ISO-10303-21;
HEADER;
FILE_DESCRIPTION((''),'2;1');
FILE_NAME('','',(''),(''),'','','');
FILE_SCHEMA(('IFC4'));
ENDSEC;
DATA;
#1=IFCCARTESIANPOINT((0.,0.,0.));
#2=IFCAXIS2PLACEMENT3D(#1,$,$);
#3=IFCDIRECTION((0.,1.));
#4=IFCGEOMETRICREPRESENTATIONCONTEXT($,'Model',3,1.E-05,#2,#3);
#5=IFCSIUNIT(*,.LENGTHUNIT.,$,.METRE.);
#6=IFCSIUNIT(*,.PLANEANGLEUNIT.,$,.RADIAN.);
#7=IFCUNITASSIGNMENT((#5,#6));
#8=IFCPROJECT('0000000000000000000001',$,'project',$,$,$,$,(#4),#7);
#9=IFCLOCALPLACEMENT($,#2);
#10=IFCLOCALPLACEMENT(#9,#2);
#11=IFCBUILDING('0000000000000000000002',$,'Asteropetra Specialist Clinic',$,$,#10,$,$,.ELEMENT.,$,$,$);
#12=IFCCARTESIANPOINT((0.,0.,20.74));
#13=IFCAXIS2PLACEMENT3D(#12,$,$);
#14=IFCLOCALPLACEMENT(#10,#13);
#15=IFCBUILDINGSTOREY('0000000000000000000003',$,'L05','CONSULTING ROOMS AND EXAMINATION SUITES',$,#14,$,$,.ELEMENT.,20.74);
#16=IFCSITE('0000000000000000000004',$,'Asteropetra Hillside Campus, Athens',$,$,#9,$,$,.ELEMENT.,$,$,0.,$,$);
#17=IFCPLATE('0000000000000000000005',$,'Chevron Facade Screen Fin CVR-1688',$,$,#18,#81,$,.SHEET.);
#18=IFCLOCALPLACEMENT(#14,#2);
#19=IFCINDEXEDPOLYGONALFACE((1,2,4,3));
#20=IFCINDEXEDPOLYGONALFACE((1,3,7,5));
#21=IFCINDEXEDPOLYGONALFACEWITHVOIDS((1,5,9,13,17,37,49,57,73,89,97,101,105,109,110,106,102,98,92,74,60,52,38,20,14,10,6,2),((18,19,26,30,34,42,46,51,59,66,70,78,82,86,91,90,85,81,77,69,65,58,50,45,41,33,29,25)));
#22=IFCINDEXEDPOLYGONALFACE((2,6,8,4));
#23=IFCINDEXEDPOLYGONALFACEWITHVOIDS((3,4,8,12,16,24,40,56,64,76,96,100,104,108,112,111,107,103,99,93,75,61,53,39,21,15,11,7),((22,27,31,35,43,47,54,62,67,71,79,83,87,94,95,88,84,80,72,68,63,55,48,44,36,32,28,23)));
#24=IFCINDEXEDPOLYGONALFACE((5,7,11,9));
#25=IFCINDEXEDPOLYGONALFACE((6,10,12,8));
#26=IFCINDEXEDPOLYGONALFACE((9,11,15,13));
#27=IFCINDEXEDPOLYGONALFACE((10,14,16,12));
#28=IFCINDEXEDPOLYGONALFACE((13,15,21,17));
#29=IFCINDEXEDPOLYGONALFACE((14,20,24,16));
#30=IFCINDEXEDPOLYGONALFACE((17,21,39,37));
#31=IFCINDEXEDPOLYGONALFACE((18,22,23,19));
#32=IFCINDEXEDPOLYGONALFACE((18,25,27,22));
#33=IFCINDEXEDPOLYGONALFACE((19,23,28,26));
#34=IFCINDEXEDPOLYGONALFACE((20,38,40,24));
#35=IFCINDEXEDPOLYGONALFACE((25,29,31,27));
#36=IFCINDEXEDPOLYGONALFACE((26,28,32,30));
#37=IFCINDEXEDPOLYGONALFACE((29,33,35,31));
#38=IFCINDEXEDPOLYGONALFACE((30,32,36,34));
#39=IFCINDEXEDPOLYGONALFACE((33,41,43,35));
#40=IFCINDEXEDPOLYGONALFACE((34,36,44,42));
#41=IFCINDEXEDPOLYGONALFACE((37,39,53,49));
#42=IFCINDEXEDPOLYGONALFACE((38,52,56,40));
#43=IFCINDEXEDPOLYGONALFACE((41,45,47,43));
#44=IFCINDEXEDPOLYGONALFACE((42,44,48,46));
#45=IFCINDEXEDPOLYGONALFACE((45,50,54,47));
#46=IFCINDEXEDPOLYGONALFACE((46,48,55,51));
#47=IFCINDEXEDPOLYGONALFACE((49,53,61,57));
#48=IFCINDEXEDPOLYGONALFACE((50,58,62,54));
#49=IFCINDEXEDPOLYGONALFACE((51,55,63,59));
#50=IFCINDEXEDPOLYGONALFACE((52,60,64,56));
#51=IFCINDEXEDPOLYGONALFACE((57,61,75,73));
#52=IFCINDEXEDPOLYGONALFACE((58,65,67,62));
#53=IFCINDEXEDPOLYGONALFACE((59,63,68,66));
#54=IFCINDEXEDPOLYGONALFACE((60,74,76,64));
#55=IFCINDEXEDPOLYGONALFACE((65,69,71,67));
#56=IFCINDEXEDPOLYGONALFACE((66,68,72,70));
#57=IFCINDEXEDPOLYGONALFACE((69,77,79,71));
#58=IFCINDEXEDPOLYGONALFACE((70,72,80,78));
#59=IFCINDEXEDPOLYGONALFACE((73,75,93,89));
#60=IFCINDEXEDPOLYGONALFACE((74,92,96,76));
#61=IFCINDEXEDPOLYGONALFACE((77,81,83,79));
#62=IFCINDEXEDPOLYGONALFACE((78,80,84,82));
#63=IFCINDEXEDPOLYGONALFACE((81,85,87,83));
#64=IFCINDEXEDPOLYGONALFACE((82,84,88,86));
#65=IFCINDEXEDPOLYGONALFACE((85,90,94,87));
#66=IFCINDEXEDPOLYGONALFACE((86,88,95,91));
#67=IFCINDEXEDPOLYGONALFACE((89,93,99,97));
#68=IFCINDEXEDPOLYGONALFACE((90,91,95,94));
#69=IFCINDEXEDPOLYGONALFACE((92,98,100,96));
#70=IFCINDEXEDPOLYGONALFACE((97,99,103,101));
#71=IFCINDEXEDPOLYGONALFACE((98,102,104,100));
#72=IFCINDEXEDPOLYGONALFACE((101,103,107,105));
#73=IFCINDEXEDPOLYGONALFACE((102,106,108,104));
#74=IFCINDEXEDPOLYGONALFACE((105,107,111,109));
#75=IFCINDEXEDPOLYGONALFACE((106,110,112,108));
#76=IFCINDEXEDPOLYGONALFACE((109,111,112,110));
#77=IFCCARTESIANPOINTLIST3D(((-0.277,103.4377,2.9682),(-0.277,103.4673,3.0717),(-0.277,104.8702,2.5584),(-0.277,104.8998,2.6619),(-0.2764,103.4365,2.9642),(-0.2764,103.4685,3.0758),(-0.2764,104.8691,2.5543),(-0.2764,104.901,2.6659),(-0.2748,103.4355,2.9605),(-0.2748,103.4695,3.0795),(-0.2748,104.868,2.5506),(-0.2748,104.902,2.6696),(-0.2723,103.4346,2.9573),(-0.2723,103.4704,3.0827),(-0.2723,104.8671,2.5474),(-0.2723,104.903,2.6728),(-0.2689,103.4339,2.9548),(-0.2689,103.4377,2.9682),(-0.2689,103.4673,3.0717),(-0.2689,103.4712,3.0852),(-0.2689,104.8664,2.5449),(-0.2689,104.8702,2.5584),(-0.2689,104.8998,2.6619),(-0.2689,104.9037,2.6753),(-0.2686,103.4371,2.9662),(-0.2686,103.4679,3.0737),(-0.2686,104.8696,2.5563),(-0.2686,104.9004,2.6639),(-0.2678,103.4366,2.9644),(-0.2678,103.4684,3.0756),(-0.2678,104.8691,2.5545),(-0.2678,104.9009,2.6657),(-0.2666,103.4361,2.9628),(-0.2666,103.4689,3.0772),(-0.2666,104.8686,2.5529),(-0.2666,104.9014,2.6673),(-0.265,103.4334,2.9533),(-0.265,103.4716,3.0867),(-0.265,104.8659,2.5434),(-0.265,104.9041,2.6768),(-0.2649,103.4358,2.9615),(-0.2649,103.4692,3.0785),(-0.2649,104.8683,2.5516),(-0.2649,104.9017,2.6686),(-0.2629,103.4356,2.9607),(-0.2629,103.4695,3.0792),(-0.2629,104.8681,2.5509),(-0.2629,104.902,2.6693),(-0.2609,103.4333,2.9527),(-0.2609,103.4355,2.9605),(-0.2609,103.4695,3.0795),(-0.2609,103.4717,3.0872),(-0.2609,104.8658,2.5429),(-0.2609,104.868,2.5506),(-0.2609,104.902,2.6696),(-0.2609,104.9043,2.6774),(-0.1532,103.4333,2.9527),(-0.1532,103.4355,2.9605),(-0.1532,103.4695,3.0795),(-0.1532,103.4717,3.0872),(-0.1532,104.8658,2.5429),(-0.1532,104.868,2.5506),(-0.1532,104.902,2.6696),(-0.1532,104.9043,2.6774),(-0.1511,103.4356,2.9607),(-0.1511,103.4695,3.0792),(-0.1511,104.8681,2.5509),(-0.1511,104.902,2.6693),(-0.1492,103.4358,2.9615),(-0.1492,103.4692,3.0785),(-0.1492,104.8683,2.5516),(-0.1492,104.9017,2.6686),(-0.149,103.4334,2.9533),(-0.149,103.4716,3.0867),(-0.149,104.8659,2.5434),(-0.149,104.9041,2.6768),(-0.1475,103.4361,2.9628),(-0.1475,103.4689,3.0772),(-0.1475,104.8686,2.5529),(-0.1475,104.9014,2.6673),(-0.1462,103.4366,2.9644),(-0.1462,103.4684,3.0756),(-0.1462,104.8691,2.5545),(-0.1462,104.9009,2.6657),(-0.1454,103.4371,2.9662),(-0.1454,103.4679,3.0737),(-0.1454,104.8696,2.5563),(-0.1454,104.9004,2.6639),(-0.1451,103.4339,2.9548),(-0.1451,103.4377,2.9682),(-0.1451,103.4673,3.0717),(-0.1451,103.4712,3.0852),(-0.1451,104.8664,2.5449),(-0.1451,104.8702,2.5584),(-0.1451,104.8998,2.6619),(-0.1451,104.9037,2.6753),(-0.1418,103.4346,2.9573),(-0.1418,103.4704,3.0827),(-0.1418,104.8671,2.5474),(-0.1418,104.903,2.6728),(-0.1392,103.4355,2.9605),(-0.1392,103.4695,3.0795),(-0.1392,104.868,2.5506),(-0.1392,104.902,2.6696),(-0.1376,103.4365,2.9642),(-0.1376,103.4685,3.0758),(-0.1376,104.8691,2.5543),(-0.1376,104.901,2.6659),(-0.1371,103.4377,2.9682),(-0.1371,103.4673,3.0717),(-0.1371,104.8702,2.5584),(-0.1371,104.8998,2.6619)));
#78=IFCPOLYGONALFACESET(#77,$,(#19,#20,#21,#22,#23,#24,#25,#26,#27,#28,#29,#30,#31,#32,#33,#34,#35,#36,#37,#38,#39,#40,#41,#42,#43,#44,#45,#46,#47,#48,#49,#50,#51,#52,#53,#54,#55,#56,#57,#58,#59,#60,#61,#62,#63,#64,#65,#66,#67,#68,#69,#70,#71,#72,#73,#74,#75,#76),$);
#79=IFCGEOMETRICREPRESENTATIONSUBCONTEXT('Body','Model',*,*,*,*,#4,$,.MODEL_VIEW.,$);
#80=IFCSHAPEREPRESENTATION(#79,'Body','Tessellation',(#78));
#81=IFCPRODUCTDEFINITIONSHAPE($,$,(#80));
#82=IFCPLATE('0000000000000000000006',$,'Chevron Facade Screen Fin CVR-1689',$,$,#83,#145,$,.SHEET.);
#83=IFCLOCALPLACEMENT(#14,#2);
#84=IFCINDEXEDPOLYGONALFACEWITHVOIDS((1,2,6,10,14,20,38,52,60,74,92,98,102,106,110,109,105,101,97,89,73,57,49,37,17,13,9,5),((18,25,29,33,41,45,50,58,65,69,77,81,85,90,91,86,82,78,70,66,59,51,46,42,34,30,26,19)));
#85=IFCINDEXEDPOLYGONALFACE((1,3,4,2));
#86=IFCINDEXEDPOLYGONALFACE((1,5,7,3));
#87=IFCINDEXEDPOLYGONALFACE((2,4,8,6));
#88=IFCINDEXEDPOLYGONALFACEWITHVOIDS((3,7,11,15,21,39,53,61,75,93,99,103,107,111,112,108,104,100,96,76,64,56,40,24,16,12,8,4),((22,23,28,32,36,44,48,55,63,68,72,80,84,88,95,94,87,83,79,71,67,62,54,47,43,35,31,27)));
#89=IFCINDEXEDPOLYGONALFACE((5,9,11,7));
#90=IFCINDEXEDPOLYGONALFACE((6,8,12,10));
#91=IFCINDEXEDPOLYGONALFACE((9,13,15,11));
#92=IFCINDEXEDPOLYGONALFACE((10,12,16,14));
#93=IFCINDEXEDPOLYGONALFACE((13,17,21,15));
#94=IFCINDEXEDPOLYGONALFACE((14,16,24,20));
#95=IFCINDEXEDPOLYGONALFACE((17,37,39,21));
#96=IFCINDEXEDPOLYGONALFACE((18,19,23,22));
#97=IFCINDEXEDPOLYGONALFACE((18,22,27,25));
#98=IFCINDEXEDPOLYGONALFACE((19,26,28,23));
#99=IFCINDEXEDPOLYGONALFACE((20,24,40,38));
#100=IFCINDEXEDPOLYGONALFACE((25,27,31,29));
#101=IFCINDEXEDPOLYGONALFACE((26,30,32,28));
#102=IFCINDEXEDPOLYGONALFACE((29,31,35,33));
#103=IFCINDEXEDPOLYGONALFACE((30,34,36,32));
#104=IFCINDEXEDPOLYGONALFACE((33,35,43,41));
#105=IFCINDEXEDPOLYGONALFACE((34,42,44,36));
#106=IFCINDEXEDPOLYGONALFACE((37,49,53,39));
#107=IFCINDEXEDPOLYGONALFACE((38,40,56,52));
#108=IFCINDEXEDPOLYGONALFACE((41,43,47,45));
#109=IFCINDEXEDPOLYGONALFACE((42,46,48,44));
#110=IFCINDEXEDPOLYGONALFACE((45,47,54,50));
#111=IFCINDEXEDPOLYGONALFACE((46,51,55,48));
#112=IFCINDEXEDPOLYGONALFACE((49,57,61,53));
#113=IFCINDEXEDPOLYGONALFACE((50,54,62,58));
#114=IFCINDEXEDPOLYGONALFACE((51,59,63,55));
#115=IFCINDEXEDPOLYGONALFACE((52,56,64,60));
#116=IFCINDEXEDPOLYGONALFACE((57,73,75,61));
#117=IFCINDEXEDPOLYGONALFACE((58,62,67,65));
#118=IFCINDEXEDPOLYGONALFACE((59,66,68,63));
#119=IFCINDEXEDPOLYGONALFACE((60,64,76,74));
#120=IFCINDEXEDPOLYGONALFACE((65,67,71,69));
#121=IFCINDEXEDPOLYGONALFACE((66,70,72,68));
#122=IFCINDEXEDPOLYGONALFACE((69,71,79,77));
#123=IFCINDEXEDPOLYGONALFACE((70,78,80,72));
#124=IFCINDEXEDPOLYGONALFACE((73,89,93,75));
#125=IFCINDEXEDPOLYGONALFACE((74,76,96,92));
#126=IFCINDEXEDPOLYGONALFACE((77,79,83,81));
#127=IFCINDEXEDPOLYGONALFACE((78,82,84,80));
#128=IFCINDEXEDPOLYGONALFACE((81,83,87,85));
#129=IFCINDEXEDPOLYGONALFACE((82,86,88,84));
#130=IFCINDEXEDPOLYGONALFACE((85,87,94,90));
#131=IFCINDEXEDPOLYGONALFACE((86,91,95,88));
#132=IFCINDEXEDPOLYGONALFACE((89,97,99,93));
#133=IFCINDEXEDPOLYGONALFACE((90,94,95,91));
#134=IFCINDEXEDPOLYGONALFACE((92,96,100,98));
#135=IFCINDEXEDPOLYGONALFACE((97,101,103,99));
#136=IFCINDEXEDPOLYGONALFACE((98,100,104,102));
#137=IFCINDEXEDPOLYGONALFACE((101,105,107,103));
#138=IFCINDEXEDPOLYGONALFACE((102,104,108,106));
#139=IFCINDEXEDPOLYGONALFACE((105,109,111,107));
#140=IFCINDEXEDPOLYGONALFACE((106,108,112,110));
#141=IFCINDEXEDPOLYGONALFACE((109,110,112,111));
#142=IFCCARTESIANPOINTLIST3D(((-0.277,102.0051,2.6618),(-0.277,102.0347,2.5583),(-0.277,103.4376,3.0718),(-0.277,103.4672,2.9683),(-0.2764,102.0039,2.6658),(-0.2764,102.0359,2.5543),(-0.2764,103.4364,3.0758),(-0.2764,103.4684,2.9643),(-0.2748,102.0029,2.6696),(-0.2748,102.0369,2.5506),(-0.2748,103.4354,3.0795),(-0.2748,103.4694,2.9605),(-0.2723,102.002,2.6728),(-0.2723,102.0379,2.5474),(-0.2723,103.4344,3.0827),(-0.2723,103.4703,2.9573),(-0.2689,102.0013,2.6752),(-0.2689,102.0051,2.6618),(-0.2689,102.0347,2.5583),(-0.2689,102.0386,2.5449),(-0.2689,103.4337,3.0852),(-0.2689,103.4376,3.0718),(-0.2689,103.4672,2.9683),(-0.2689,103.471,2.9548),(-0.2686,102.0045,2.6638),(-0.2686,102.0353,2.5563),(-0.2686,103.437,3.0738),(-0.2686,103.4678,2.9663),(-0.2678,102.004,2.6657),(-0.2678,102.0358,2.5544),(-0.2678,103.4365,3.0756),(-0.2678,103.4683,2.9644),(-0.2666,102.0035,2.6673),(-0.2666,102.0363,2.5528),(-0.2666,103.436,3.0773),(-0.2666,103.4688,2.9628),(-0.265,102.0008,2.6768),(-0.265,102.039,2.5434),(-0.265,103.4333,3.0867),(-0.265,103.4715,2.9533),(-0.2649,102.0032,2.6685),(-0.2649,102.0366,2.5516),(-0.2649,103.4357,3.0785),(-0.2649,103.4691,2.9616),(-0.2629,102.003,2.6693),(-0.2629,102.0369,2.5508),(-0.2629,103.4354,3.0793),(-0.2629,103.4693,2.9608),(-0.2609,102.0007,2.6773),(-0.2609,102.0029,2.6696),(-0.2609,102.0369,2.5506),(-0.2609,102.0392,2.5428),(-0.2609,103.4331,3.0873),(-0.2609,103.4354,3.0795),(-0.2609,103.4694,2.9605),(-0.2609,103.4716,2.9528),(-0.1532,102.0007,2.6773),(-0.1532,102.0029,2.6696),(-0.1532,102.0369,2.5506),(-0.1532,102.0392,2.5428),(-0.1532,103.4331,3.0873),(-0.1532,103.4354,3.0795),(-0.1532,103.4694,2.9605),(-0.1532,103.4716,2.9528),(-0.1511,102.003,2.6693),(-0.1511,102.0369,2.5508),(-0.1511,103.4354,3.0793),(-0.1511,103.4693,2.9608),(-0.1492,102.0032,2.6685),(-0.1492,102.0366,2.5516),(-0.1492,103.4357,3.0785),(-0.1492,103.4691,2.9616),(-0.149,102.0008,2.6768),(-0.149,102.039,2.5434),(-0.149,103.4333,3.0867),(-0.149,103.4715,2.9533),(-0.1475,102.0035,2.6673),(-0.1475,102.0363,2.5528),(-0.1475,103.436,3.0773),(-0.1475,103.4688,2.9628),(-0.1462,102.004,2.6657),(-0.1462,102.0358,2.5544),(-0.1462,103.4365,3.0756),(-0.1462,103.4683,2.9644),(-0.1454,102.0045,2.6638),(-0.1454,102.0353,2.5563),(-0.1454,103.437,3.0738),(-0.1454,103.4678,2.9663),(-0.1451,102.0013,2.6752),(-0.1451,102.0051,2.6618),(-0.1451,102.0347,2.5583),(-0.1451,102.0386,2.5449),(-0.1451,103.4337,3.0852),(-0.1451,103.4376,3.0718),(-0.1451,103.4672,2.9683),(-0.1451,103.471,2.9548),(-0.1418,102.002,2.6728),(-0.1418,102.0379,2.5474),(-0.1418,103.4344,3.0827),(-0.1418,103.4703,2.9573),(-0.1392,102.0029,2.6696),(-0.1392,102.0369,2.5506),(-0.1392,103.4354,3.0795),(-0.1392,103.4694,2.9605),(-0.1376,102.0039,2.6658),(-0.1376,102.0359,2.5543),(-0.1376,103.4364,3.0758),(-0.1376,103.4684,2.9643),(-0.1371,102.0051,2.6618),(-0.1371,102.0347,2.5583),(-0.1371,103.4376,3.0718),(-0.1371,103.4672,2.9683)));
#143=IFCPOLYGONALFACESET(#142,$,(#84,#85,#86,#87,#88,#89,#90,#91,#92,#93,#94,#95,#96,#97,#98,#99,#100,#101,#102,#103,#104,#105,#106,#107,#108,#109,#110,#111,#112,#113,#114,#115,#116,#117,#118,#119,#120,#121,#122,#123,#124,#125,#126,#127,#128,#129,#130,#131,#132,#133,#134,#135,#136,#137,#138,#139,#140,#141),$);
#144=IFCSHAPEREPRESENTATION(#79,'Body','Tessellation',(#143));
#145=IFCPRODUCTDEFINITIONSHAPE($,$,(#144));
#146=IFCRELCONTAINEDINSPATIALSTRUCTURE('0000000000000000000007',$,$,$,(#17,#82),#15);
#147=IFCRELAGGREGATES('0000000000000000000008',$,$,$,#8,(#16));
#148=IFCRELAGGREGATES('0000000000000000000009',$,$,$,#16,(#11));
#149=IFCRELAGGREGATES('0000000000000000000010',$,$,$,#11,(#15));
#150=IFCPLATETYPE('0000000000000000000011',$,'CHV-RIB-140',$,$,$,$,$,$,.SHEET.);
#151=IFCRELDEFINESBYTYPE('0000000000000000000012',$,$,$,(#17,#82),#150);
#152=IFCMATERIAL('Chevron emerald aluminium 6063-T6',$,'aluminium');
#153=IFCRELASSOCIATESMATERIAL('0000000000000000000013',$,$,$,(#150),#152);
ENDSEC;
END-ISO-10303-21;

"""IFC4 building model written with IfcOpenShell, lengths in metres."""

from ifc_helpers import new_model, si_unit, direction, frame, origin, origin_2d, place, context, subcontext, project, spatial, hollow_rectangle, extrude, material, material_profile, profile_set, type_object, element, save


model = new_model("IFC4")

# Units and contexts
model_context = context("Model", 3, precision=1e-05, world=origin(), true_north=direction((0.0, 1.0)))
body_context = subcontext(model_context, "Body", "Model", "MODEL_VIEW")
ifc_project = project(units=[si_unit("LENGTHUNIT", "METRE"), si_unit("PLANEANGLEUNIT", "RADIAN")], contexts=[model_context])

# Site, building, storey
site_placement = place(None, origin())
site = spatial("IfcSite", under=ifc_project, at=site_placement, Name="Asteropetra Hillside Campus, Athens", CompositionType="ELEMENT", RefElevation=0.0)
building_placement = place(site_placement, origin())
building = spatial("IfcBuilding", under=site, at=building_placement, Name="Asteropetra Specialist Clinic", CompositionType="ELEMENT")
storey_placement = place(building_placement, frame((0.0, 0.0, 20.74)))
storey = spatial("IfcBuildingStorey", under=building, at=storey_placement, Name="L05", Description="CONSULTING ROOMS AND EXAMINATION SUITES", CompositionType="ELEMENT", Elevation=20.74)

# Plates
ifc_material_1 = material(Name="Chevron emerald aluminium 6063-T6", Category="aluminium")
ifc_material_profile_1 = material_profile(ifc_material_1, hollow_rectangle(XDim=0.1399, YDim=0.1399, WallThickness=0.0081, InnerFilletRadius=0.0081, OuterFilletRadius=0.0161, at=origin_2d()), Name="SHS 140x140x8.0")
ifc_profile_set_1 = profile_set([ifc_material_profile_1], Name="Chevron emerald aluminium 6063-T6")
plate_type = type_object("IfcPlateType", Name="CHV-RIB-140", PredefinedType="SHEET", material=ifc_profile_set_1)
for number, where, z_axis, x_axis, name in (
    (1, (-0.207, 104.885, 2.6101), (0.0, -0.961419, 0.275089), (1.0, 0.0, 0.0), "Chevron Facade Screen Fin CVR-1688"),
    (2, (-0.207, 103.4524, 3.02), (0.0, -0.961406, -0.275132), (1.0, 0.0, 0.0), "Chevron Facade Screen Fin CVR-1689"),
):
    element("IfcPlate", number, at=place(storey_placement, frame(where, z_axis=z_axis, x_axis=x_axis)), inside=storey, type_object=plate_type, Name=name, PredefinedType="SHEET", context=body_context, shape_type="SweptSolid", body=[
        extrude(hollow_rectangle(XDim=0.1399, YDim=0.1399, WallThickness=0.0081, InnerFilletRadius=0.0081, OuterFilletRadius=0.0161, at=origin_2d()), origin(), (0.0, 0.0, 1.0), 1.49),
    ])

save(model, "model.ifc")
